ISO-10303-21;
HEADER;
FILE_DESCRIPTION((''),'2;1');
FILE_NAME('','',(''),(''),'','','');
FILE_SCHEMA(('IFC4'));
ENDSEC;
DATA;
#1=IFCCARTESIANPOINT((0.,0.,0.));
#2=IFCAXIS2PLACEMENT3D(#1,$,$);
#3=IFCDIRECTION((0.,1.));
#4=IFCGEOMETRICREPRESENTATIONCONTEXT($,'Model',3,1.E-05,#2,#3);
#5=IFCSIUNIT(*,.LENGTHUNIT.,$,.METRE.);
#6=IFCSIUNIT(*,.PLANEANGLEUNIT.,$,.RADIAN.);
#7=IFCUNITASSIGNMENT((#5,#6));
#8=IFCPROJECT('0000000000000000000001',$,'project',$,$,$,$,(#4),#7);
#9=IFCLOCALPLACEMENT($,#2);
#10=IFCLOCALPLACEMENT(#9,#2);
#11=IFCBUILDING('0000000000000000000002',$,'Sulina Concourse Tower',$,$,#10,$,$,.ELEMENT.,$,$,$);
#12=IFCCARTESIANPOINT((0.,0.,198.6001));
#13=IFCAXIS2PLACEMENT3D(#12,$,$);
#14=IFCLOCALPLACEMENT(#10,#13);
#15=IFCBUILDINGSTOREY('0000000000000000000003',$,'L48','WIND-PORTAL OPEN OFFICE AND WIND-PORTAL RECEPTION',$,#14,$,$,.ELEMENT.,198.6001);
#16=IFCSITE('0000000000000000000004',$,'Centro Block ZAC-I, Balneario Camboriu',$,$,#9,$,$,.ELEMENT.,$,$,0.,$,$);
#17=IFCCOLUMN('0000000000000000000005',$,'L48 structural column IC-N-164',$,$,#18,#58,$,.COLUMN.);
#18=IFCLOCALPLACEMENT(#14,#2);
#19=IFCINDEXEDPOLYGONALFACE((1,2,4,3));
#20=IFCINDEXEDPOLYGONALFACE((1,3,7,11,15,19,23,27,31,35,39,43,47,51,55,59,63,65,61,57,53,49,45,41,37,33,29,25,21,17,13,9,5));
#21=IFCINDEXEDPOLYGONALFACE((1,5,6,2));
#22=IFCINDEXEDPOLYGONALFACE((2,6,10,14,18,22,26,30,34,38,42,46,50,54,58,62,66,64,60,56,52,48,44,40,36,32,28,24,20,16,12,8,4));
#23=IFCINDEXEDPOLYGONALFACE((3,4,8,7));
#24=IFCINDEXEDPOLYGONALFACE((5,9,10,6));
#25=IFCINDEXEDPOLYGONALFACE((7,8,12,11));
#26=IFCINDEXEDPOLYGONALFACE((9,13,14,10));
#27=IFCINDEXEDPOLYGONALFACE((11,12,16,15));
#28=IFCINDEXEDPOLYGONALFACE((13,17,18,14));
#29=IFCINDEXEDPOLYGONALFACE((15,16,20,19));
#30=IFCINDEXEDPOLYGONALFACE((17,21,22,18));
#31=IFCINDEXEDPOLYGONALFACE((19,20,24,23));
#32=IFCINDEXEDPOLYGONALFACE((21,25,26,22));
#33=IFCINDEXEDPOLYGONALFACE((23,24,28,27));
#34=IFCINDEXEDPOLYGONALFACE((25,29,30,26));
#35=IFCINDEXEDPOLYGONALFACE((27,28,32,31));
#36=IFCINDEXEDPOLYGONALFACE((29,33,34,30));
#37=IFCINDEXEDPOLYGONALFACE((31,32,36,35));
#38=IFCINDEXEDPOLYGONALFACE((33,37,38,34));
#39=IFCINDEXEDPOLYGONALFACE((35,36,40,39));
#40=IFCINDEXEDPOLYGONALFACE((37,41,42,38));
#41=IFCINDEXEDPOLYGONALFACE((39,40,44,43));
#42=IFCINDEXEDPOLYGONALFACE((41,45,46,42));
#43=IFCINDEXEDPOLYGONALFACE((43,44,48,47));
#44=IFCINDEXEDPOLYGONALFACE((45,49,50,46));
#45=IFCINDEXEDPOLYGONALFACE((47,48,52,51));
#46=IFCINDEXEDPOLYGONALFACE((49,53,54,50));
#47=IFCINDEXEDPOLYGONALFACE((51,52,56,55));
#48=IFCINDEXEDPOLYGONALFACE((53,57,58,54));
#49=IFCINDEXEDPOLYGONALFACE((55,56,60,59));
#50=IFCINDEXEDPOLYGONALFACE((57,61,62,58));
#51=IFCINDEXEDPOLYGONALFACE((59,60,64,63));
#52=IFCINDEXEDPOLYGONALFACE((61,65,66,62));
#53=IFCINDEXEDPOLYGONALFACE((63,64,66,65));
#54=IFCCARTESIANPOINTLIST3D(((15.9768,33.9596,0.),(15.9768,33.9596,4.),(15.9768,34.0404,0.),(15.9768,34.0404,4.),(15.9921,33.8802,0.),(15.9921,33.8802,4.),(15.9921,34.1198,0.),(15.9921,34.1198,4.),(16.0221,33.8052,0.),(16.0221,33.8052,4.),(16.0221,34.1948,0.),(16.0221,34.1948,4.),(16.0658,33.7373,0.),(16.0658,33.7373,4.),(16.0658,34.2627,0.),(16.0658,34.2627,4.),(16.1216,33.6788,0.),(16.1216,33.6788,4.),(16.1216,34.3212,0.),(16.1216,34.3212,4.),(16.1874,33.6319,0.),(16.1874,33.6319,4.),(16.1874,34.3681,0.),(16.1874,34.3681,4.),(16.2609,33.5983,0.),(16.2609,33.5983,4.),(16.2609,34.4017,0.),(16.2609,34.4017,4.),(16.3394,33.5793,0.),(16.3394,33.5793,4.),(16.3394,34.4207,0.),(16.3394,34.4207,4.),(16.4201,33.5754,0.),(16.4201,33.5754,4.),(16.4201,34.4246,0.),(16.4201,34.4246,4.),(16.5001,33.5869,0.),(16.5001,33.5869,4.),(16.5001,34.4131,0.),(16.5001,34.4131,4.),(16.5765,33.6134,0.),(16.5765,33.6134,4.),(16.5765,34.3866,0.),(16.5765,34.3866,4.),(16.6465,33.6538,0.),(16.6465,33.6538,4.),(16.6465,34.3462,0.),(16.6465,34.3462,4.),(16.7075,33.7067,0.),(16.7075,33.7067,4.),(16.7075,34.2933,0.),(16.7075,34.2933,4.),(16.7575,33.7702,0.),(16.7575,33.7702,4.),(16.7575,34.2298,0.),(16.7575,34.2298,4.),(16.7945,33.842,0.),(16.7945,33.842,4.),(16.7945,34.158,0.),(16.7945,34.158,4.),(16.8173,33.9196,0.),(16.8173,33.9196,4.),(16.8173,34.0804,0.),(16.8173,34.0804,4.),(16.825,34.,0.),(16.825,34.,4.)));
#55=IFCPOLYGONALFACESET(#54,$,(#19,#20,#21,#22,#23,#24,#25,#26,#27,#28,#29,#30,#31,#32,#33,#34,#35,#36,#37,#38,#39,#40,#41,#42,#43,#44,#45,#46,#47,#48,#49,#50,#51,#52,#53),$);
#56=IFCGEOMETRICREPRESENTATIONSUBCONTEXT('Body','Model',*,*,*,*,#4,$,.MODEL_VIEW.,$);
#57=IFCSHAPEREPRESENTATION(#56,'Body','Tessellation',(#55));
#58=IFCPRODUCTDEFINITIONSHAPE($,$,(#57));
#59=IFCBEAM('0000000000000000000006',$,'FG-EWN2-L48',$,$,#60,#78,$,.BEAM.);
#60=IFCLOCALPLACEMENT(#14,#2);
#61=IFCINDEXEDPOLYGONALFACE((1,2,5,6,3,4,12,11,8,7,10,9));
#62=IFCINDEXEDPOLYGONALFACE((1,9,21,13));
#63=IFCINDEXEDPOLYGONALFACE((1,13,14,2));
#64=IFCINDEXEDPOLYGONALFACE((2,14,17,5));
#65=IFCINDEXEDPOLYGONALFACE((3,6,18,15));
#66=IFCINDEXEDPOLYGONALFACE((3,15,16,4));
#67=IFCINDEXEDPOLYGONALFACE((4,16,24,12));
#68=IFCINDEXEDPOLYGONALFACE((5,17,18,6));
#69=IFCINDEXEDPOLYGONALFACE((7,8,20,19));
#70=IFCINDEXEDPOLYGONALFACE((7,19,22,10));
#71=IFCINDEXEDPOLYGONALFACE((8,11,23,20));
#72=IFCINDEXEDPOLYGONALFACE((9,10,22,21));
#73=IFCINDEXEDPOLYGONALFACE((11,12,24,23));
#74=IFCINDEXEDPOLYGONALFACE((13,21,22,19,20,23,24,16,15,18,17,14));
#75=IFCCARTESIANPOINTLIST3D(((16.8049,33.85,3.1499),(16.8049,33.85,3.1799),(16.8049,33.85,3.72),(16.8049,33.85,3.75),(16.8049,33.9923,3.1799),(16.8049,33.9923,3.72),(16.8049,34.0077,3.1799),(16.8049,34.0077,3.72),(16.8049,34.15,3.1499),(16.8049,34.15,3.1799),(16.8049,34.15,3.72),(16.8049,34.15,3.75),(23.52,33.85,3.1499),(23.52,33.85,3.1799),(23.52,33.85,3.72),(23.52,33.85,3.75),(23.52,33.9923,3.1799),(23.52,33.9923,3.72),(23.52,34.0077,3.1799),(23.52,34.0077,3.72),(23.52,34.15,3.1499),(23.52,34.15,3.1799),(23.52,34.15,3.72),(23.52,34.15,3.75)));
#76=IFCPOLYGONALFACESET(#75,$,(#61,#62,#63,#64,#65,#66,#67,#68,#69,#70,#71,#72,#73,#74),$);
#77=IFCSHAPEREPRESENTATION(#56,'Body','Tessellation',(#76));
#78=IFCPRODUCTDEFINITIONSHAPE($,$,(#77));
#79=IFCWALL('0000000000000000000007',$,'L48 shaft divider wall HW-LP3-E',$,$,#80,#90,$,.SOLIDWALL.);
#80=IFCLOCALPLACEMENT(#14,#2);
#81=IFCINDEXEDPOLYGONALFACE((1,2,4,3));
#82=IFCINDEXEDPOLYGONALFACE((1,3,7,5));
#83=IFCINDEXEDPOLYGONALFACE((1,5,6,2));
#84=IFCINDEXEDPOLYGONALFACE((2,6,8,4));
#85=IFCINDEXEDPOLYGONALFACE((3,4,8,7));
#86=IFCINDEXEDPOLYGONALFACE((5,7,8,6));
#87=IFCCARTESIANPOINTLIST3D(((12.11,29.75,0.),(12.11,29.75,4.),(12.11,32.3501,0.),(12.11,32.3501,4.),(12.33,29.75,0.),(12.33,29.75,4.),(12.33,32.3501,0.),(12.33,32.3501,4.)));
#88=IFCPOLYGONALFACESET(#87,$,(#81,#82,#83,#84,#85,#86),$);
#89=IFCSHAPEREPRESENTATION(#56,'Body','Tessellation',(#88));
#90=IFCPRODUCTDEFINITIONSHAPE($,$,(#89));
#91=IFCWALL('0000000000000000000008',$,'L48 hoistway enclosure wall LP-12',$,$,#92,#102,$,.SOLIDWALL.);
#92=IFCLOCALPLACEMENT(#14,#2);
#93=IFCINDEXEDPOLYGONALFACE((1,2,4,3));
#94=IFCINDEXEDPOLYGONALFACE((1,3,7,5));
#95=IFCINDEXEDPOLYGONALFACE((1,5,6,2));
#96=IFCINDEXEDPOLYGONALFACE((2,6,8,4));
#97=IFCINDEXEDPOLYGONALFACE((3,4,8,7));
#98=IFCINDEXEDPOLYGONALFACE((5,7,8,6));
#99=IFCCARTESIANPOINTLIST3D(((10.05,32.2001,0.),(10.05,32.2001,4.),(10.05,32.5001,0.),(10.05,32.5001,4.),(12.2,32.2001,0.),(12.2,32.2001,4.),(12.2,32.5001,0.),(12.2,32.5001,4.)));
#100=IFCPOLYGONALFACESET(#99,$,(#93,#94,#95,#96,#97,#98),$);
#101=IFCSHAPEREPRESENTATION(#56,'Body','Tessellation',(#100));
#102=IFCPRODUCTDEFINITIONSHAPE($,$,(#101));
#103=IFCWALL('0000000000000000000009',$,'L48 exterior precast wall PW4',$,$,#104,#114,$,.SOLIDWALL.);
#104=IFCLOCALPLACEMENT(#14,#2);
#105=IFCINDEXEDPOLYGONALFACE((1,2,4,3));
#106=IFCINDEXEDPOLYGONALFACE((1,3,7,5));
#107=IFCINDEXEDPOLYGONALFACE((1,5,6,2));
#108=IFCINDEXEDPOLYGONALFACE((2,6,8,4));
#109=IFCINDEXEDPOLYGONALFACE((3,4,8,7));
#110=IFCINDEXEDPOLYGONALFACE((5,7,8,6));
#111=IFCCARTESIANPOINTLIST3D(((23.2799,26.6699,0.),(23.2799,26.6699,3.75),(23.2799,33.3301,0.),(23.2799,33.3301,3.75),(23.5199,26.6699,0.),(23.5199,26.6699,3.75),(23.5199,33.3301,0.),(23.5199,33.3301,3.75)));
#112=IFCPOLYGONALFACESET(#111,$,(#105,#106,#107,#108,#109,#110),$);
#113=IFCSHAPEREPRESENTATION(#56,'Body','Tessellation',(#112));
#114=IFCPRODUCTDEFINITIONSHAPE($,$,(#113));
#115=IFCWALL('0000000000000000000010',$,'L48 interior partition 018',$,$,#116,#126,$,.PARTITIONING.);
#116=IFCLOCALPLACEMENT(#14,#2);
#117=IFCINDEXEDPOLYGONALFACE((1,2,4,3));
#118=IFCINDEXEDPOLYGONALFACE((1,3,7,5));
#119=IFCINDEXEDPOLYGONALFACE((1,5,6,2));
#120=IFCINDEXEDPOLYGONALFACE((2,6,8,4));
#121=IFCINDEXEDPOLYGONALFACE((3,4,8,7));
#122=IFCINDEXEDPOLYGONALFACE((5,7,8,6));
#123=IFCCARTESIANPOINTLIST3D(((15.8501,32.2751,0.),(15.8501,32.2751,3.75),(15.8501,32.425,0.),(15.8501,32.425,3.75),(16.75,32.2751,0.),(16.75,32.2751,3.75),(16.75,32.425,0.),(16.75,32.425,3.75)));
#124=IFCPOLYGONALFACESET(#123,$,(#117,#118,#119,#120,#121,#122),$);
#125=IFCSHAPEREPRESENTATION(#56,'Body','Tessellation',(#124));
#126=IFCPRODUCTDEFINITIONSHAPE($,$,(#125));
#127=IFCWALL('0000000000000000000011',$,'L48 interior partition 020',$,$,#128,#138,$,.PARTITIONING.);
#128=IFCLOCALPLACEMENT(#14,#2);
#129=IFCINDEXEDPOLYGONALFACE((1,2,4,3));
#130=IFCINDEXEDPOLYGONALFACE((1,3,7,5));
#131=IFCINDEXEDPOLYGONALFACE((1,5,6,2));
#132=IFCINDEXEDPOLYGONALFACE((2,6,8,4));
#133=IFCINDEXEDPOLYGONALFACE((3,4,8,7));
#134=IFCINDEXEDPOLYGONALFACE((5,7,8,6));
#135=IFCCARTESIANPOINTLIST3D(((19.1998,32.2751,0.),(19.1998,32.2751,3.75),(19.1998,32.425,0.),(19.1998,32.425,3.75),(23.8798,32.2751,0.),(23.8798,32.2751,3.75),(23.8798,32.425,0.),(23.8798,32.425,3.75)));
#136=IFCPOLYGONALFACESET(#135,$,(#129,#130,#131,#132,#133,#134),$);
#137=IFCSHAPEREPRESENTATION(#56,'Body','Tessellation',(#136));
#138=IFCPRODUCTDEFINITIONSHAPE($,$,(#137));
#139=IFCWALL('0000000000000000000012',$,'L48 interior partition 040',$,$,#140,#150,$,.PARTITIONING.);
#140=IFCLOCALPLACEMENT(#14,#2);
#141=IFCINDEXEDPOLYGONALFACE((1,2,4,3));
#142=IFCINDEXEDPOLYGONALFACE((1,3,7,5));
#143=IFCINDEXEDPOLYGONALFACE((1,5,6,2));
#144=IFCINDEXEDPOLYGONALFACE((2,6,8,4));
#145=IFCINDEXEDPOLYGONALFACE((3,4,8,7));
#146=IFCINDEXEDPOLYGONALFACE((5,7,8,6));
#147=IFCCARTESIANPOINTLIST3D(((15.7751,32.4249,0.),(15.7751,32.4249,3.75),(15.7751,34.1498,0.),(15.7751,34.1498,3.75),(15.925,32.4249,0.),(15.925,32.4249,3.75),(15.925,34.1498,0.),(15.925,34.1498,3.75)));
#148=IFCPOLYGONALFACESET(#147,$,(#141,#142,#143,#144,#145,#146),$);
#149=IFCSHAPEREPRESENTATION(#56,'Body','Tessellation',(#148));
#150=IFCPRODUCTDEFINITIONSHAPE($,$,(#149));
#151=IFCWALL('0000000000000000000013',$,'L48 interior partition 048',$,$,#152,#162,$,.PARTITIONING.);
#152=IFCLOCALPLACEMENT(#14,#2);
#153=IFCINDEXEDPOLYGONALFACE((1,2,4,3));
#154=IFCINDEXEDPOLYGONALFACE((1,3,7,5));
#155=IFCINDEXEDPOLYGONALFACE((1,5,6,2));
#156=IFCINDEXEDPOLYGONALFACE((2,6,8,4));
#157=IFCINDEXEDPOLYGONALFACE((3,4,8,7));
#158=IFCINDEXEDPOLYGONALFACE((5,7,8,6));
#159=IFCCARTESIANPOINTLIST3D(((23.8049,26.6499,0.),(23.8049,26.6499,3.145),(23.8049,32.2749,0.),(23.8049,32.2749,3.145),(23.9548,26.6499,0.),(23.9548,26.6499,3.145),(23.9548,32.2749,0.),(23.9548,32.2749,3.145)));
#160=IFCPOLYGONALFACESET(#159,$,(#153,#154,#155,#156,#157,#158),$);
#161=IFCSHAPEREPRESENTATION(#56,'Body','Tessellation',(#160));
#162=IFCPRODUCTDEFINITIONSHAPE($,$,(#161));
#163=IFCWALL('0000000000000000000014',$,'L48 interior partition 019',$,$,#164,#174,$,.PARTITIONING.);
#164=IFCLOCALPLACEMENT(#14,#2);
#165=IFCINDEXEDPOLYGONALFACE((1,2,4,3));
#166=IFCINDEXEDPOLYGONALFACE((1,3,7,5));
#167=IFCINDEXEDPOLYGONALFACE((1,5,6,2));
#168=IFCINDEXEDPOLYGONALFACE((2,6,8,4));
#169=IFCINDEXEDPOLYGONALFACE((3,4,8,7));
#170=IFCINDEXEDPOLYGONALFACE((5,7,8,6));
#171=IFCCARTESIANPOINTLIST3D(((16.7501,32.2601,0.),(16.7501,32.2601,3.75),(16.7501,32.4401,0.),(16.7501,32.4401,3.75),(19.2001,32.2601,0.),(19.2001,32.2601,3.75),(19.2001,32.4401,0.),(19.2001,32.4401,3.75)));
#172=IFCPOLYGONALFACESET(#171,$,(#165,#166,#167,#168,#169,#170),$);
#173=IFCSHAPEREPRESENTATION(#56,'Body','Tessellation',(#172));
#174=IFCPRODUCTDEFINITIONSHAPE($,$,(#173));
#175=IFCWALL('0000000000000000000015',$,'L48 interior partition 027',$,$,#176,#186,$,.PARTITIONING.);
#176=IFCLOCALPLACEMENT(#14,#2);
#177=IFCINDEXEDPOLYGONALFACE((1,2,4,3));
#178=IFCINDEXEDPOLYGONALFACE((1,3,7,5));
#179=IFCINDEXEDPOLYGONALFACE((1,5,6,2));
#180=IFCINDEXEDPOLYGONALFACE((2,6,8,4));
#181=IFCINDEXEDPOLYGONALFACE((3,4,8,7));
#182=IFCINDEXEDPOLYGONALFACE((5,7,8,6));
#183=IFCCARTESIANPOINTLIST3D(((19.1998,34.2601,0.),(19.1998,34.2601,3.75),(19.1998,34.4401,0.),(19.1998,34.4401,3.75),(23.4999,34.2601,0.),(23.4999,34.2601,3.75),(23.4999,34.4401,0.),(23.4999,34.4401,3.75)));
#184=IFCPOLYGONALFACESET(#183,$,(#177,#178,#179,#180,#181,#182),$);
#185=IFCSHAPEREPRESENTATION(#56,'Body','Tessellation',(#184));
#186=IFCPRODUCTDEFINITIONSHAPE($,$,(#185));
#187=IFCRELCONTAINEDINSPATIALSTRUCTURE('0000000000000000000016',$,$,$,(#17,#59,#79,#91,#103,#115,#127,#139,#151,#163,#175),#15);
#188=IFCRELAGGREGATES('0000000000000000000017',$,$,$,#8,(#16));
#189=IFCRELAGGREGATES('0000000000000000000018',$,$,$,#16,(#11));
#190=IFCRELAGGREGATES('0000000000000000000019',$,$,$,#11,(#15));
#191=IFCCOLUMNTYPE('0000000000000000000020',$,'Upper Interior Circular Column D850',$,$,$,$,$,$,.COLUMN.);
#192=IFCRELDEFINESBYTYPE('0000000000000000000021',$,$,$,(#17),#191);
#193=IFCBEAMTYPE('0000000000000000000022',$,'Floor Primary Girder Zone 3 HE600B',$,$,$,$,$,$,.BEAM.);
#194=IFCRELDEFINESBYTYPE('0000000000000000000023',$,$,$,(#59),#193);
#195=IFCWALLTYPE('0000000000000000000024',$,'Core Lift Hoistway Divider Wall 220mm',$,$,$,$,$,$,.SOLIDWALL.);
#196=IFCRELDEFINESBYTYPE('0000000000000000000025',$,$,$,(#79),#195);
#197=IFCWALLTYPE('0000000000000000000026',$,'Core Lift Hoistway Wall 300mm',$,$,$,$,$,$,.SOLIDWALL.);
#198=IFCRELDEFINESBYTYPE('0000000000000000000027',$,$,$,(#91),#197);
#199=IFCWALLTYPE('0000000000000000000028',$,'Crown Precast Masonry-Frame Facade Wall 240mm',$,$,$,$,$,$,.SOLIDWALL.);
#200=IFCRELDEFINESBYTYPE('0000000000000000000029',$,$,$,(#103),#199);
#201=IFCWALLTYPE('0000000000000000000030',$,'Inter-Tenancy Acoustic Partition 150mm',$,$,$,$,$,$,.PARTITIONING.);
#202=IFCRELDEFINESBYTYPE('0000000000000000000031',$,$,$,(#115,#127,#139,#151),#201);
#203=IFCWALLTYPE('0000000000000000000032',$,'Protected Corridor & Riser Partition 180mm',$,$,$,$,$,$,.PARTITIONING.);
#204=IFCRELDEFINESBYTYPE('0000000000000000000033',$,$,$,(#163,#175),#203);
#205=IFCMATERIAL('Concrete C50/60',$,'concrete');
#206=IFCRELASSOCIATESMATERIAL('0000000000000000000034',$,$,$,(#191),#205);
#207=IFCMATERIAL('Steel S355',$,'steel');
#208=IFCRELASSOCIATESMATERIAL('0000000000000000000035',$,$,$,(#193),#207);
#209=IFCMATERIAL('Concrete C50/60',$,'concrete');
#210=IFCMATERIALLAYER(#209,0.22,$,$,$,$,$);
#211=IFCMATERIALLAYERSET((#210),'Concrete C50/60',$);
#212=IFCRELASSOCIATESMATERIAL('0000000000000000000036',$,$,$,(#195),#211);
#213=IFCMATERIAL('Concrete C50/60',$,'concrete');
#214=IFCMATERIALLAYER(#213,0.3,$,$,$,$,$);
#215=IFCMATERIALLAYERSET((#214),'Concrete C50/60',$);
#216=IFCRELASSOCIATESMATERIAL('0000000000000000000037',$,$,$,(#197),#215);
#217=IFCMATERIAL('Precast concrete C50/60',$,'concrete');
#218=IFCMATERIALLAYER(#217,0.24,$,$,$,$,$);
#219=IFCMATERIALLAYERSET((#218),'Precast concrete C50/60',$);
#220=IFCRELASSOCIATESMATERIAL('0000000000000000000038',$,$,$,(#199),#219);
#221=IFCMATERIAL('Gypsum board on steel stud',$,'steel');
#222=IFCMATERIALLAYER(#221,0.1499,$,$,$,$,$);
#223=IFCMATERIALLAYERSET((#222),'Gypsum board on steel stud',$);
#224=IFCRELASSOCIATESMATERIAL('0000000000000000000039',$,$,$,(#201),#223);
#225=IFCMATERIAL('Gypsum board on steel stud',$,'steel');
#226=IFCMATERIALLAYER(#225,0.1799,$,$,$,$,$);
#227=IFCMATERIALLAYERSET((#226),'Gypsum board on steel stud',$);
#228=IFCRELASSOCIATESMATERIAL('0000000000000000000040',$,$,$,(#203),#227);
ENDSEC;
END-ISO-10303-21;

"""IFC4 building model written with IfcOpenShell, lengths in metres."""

from ifc_helpers import new_model, si_unit, direction, frame, frame_2d, origin, origin_2d, place, context, subcontext, project, spatial, rectangle, circle, i_section, extrude, material, layer, layer_set, material_profile, profile_set, type_object, element, save


model = new_model("IFC4")

# Units and contexts
model_context = context("Model", 3, precision=1e-05, world=origin(), true_north=direction((0.0, 1.0)))
body_context = subcontext(model_context, "Body", "Model", "MODEL_VIEW")
ifc_project = project(units=[si_unit("LENGTHUNIT", "METRE"), si_unit("PLANEANGLEUNIT", "RADIAN")], contexts=[model_context])

# Site, building, storey
site_placement = place(None, origin())
site = spatial("IfcSite", under=ifc_project, at=site_placement, Name="Centro Block ZAC-I, Balneario Camboriu", CompositionType="ELEMENT", RefElevation=0.0)
building_placement = place(site_placement, origin())
building = spatial("IfcBuilding", under=site, at=building_placement, Name="Sulina Concourse Tower", CompositionType="ELEMENT")
storey_placement = place(building_placement, frame((0.0, 0.0, 198.6001)))
storey = spatial("IfcBuildingStorey", under=building, at=storey_placement, Name="L48", Description="WIND-PORTAL OPEN OFFICE AND WIND-PORTAL RECEPTION", CompositionType="ELEMENT", Elevation=198.6001)

# Column
ifc_material_1 = material(Name="Concrete C50/60", Category="concrete")
ifc_material_profile_1 = material_profile(ifc_material_1, circle(Radius=0.425, at=origin_2d()), Name="RC D850")
ifc_profile_set_1 = profile_set([ifc_material_profile_1], Name="Concrete C50/60")
column_type = type_object("IfcColumnType", Name="Upper Interior Circular Column D850", PredefinedType="COLUMN", material=ifc_profile_set_1)
column_placement = place(storey_placement, frame((16.3999, 34.0, 0.0), z_axis=(0.0, 0.0, 1.0), x_axis=(1.0, 0.0, 0.0)))
element("IfcColumn", 1, at=column_placement, inside=storey, type_object=column_type, Name="L48 structural column IC-N-164", PredefinedType="COLUMN", context=body_context, shape_type="SweptSolid", body=[
    extrude(circle(Radius=0.425, at=origin_2d()), origin(), (0.0, 0.0, 1.0), 4.0),
])

# Beam
ifc_material_2 = material(Name="Steel S355", Category="steel")
ifc_material_profile_2 = material_profile(ifc_material_2, i_section(OverallWidth=0.3, OverallDepth=0.6001, WebThickness=0.0154, FlangeThickness=0.03, at=origin_2d()), Name="HE 600 B")
ifc_profile_set_2 = profile_set([ifc_material_profile_2], Name="Steel S355")
beam_type = type_object("IfcBeamType", Name="Floor Primary Girder Zone 3 HE600B", PredefinedType="BEAM", material=ifc_profile_set_2)
beam_placement = place(storey_placement, frame((16.8049, 34.0, 3.45), z_axis=(1.0, 0.0, 0.0), x_axis=(0.0, 1.0, 0.0)))
element("IfcBeam", 2, at=beam_placement, inside=storey, type_object=beam_type, Name="FG-EWN2-L48", PredefinedType="BEAM", context=body_context, shape_type="SweptSolid", body=[
    extrude(i_section(OverallWidth=0.3, OverallDepth=0.6001, WebThickness=0.0154, FlangeThickness=0.03, at=origin_2d()), origin(), (0.0, 0.0, 1.0), 6.7151),
])

# Walls
ifc_material_3 = material(Name="Concrete C50/60", Category="concrete")
ifc_layer_1 = layer(ifc_material_3, 0.22)
ifc_layer_set_1 = layer_set([ifc_layer_1], Name="Concrete C50/60")
wall_type_1 = type_object("IfcWallType", Name="Core Lift Hoistway Divider Wall 220mm", PredefinedType="SOLIDWALL", material=ifc_layer_set_1)
wall_1_placement = place(storey_placement, frame((12.22, 29.75, 0.0), z_axis=(0.0, 0.0, 1.0), x_axis=(0.0, 1.0, 0.0)))
element("IfcWall", 3, at=wall_1_placement, inside=storey, type_object=wall_type_1, Name="L48 shaft divider wall HW-LP3-E", PredefinedType="SOLIDWALL", context=body_context, shape_type="SweptSolid", body=[
    extrude(rectangle(XDim=2.6001, YDim=0.22, at=frame_2d((1.3, 0.0))), origin(), (0.0, 0.0, 1.0), 4.0),
])
ifc_material_4 = material(Name="Concrete C50/60", Category="concrete")
ifc_layer_2 = layer(ifc_material_4, 0.3)
ifc_layer_set_2 = layer_set([ifc_layer_2], Name="Concrete C50/60")
wall_type_2 = type_object("IfcWallType", Name="Core Lift Hoistway Wall 300mm", PredefinedType="SOLIDWALL", material=ifc_layer_set_2)
wall_2_placement = place(storey_placement, frame((10.05, 32.3501, 0.0), z_axis=(0.0, 0.0, 1.0), x_axis=(1.0, 0.0, 0.0)))
element("IfcWall", 4, at=wall_2_placement, inside=storey, type_object=wall_type_2, Name="L48 hoistway enclosure wall LP-12", PredefinedType="SOLIDWALL", context=body_context, shape_type="SweptSolid", body=[
    extrude(rectangle(XDim=2.1499, YDim=0.3, at=frame_2d((1.075, 0.0))), origin(), (0.0, 0.0, 1.0), 4.0),
])
ifc_material_5 = material(Name="Precast concrete C50/60", Category="concrete")
ifc_layer_3 = layer(ifc_material_5, 0.24)
ifc_layer_set_3 = layer_set([ifc_layer_3], Name="Precast concrete C50/60")
wall_type_3 = type_object("IfcWallType", Name="Crown Precast Masonry-Frame Facade Wall 240mm", PredefinedType="SOLIDWALL", material=ifc_layer_set_3)
wall_3_placement = place(storey_placement, frame((23.3999, 33.3301, 0.0), z_axis=(0.0, 0.0, 1.0), x_axis=(0.0, -1.0, 0.0)))
element("IfcWall", 5, at=wall_3_placement, inside=storey, type_object=wall_type_3, Name="L48 exterior precast wall PW4", PredefinedType="SOLIDWALL", context=body_context, shape_type="SweptSolid", body=[
    extrude(rectangle(XDim=6.6602, YDim=0.24, at=frame_2d((3.3301, 0.0))), origin(), (0.0, 0.0, 1.0), 3.75),
])

# Shared definitions
ifc_material_6 = material(Name="Gypsum board on steel stud", Category="steel")
ifc_layer_4 = layer(ifc_material_6, 0.1499)
ifc_layer_set_4 = layer_set([ifc_layer_4], Name="Gypsum board on steel stud")
wall_type_4 = type_object("IfcWallType", Name="Inter-Tenancy Acoustic Partition 150mm", PredefinedType="PARTITIONING", material=ifc_layer_set_4)

# Walls
wall_4_placement = place(storey_placement, frame((15.8501, 32.3501, 0.0), z_axis=(0.0, 0.0, 1.0), x_axis=(1.0, 0.0, 0.0)))
element("IfcWall", 6, at=wall_4_placement, inside=storey, type_object=wall_type_4, Name="L48 interior partition 018", PredefinedType="PARTITIONING", context=body_context, shape_type="SweptSolid", body=[
    extrude(rectangle(XDim=0.8999, YDim=0.1499, at=frame_2d((0.45, 0.0))), origin(), (0.0, 0.0, 1.0), 3.75),
])
wall_5_placement = place(storey_placement, frame((19.2, 32.3501, 0.0), z_axis=(0.0, 0.0, 1.0), x_axis=(1.0, 0.0, 0.0)))
element("IfcWall", 7, at=wall_5_placement, inside=storey, type_object=wall_type_4, Name="L48 interior partition 020", PredefinedType="PARTITIONING", context=body_context, shape_type="SweptSolid", body=[
    extrude(rectangle(XDim=4.6799, YDim=0.1499, at=frame_2d((2.3398, 0.0))), origin(), (0.0, 0.0, 1.0), 3.75),
])
wall_6_placement = place(storey_placement, frame((15.8501, 32.425, 0.0), z_axis=(0.0, 0.0, 1.0), x_axis=(0.0, 1.0, 0.0)))
element("IfcWall", 8, at=wall_6_placement, inside=storey, type_object=wall_type_4, Name="L48 interior partition 040", PredefinedType="PARTITIONING", context=body_context, shape_type="SweptSolid", body=[
    extrude(rectangle(XDim=1.7249, YDim=0.1499, at=frame_2d((0.8623, 0.0))), origin(), (0.0, 0.0, 1.0), 3.75),
])
wall_7_placement = place(storey_placement, frame((23.8799, 26.6499, 0.0), z_axis=(0.0, 0.0, 1.0), x_axis=(0.0, 1.0, 0.0)))
element("IfcWall", 9, at=wall_7_placement, inside=storey, type_object=wall_type_4, Name="L48 interior partition 048", PredefinedType="PARTITIONING", context=body_context, shape_type="SweptSolid", body=[
    extrude(rectangle(XDim=5.625, YDim=0.1499, at=frame_2d((2.8125, 0.0))), origin(), (0.0, 0.0, 1.0), 3.145),
])
ifc_material_7 = material(Name="Gypsum board on steel stud", Category="steel")
ifc_layer_5 = layer(ifc_material_7, 0.1799)
ifc_layer_set_5 = layer_set([ifc_layer_5], Name="Gypsum board on steel stud")
wall_type_5 = type_object("IfcWallType", Name="Protected Corridor & Riser Partition 180mm", PredefinedType="PARTITIONING", material=ifc_layer_set_5)
wall_8_placement = place(storey_placement, frame((16.75, 32.3501, 0.0), z_axis=(0.0, 0.0, 1.0), x_axis=(1.0, 0.0, 0.0)))
element("IfcWall", 10, at=wall_8_placement, inside=storey, type_object=wall_type_5, Name="L48 interior partition 019", PredefinedType="PARTITIONING", context=body_context, shape_type="SweptSolid", body=[
    extrude(rectangle(XDim=2.45, YDim=0.1799, at=frame_2d((1.2251, 0.0))), origin(), (0.0, 0.0, 1.0), 3.75),
])
wall_9_placement = place(storey_placement, frame((19.2, 34.3501, 0.0), z_axis=(0.0, 0.0, 1.0), x_axis=(1.0, 0.0, 0.0)))
element("IfcWall", 11, at=wall_9_placement, inside=storey, type_object=wall_type_5, Name="L48 interior partition 027", PredefinedType="PARTITIONING", context=body_context, shape_type="SweptSolid", body=[
    extrude(rectangle(XDim=4.3, YDim=0.1799, at=frame_2d((2.1499, 0.0))), origin(), (0.0, 0.0, 1.0), 3.75),
])

save(model, "model.ifc")
